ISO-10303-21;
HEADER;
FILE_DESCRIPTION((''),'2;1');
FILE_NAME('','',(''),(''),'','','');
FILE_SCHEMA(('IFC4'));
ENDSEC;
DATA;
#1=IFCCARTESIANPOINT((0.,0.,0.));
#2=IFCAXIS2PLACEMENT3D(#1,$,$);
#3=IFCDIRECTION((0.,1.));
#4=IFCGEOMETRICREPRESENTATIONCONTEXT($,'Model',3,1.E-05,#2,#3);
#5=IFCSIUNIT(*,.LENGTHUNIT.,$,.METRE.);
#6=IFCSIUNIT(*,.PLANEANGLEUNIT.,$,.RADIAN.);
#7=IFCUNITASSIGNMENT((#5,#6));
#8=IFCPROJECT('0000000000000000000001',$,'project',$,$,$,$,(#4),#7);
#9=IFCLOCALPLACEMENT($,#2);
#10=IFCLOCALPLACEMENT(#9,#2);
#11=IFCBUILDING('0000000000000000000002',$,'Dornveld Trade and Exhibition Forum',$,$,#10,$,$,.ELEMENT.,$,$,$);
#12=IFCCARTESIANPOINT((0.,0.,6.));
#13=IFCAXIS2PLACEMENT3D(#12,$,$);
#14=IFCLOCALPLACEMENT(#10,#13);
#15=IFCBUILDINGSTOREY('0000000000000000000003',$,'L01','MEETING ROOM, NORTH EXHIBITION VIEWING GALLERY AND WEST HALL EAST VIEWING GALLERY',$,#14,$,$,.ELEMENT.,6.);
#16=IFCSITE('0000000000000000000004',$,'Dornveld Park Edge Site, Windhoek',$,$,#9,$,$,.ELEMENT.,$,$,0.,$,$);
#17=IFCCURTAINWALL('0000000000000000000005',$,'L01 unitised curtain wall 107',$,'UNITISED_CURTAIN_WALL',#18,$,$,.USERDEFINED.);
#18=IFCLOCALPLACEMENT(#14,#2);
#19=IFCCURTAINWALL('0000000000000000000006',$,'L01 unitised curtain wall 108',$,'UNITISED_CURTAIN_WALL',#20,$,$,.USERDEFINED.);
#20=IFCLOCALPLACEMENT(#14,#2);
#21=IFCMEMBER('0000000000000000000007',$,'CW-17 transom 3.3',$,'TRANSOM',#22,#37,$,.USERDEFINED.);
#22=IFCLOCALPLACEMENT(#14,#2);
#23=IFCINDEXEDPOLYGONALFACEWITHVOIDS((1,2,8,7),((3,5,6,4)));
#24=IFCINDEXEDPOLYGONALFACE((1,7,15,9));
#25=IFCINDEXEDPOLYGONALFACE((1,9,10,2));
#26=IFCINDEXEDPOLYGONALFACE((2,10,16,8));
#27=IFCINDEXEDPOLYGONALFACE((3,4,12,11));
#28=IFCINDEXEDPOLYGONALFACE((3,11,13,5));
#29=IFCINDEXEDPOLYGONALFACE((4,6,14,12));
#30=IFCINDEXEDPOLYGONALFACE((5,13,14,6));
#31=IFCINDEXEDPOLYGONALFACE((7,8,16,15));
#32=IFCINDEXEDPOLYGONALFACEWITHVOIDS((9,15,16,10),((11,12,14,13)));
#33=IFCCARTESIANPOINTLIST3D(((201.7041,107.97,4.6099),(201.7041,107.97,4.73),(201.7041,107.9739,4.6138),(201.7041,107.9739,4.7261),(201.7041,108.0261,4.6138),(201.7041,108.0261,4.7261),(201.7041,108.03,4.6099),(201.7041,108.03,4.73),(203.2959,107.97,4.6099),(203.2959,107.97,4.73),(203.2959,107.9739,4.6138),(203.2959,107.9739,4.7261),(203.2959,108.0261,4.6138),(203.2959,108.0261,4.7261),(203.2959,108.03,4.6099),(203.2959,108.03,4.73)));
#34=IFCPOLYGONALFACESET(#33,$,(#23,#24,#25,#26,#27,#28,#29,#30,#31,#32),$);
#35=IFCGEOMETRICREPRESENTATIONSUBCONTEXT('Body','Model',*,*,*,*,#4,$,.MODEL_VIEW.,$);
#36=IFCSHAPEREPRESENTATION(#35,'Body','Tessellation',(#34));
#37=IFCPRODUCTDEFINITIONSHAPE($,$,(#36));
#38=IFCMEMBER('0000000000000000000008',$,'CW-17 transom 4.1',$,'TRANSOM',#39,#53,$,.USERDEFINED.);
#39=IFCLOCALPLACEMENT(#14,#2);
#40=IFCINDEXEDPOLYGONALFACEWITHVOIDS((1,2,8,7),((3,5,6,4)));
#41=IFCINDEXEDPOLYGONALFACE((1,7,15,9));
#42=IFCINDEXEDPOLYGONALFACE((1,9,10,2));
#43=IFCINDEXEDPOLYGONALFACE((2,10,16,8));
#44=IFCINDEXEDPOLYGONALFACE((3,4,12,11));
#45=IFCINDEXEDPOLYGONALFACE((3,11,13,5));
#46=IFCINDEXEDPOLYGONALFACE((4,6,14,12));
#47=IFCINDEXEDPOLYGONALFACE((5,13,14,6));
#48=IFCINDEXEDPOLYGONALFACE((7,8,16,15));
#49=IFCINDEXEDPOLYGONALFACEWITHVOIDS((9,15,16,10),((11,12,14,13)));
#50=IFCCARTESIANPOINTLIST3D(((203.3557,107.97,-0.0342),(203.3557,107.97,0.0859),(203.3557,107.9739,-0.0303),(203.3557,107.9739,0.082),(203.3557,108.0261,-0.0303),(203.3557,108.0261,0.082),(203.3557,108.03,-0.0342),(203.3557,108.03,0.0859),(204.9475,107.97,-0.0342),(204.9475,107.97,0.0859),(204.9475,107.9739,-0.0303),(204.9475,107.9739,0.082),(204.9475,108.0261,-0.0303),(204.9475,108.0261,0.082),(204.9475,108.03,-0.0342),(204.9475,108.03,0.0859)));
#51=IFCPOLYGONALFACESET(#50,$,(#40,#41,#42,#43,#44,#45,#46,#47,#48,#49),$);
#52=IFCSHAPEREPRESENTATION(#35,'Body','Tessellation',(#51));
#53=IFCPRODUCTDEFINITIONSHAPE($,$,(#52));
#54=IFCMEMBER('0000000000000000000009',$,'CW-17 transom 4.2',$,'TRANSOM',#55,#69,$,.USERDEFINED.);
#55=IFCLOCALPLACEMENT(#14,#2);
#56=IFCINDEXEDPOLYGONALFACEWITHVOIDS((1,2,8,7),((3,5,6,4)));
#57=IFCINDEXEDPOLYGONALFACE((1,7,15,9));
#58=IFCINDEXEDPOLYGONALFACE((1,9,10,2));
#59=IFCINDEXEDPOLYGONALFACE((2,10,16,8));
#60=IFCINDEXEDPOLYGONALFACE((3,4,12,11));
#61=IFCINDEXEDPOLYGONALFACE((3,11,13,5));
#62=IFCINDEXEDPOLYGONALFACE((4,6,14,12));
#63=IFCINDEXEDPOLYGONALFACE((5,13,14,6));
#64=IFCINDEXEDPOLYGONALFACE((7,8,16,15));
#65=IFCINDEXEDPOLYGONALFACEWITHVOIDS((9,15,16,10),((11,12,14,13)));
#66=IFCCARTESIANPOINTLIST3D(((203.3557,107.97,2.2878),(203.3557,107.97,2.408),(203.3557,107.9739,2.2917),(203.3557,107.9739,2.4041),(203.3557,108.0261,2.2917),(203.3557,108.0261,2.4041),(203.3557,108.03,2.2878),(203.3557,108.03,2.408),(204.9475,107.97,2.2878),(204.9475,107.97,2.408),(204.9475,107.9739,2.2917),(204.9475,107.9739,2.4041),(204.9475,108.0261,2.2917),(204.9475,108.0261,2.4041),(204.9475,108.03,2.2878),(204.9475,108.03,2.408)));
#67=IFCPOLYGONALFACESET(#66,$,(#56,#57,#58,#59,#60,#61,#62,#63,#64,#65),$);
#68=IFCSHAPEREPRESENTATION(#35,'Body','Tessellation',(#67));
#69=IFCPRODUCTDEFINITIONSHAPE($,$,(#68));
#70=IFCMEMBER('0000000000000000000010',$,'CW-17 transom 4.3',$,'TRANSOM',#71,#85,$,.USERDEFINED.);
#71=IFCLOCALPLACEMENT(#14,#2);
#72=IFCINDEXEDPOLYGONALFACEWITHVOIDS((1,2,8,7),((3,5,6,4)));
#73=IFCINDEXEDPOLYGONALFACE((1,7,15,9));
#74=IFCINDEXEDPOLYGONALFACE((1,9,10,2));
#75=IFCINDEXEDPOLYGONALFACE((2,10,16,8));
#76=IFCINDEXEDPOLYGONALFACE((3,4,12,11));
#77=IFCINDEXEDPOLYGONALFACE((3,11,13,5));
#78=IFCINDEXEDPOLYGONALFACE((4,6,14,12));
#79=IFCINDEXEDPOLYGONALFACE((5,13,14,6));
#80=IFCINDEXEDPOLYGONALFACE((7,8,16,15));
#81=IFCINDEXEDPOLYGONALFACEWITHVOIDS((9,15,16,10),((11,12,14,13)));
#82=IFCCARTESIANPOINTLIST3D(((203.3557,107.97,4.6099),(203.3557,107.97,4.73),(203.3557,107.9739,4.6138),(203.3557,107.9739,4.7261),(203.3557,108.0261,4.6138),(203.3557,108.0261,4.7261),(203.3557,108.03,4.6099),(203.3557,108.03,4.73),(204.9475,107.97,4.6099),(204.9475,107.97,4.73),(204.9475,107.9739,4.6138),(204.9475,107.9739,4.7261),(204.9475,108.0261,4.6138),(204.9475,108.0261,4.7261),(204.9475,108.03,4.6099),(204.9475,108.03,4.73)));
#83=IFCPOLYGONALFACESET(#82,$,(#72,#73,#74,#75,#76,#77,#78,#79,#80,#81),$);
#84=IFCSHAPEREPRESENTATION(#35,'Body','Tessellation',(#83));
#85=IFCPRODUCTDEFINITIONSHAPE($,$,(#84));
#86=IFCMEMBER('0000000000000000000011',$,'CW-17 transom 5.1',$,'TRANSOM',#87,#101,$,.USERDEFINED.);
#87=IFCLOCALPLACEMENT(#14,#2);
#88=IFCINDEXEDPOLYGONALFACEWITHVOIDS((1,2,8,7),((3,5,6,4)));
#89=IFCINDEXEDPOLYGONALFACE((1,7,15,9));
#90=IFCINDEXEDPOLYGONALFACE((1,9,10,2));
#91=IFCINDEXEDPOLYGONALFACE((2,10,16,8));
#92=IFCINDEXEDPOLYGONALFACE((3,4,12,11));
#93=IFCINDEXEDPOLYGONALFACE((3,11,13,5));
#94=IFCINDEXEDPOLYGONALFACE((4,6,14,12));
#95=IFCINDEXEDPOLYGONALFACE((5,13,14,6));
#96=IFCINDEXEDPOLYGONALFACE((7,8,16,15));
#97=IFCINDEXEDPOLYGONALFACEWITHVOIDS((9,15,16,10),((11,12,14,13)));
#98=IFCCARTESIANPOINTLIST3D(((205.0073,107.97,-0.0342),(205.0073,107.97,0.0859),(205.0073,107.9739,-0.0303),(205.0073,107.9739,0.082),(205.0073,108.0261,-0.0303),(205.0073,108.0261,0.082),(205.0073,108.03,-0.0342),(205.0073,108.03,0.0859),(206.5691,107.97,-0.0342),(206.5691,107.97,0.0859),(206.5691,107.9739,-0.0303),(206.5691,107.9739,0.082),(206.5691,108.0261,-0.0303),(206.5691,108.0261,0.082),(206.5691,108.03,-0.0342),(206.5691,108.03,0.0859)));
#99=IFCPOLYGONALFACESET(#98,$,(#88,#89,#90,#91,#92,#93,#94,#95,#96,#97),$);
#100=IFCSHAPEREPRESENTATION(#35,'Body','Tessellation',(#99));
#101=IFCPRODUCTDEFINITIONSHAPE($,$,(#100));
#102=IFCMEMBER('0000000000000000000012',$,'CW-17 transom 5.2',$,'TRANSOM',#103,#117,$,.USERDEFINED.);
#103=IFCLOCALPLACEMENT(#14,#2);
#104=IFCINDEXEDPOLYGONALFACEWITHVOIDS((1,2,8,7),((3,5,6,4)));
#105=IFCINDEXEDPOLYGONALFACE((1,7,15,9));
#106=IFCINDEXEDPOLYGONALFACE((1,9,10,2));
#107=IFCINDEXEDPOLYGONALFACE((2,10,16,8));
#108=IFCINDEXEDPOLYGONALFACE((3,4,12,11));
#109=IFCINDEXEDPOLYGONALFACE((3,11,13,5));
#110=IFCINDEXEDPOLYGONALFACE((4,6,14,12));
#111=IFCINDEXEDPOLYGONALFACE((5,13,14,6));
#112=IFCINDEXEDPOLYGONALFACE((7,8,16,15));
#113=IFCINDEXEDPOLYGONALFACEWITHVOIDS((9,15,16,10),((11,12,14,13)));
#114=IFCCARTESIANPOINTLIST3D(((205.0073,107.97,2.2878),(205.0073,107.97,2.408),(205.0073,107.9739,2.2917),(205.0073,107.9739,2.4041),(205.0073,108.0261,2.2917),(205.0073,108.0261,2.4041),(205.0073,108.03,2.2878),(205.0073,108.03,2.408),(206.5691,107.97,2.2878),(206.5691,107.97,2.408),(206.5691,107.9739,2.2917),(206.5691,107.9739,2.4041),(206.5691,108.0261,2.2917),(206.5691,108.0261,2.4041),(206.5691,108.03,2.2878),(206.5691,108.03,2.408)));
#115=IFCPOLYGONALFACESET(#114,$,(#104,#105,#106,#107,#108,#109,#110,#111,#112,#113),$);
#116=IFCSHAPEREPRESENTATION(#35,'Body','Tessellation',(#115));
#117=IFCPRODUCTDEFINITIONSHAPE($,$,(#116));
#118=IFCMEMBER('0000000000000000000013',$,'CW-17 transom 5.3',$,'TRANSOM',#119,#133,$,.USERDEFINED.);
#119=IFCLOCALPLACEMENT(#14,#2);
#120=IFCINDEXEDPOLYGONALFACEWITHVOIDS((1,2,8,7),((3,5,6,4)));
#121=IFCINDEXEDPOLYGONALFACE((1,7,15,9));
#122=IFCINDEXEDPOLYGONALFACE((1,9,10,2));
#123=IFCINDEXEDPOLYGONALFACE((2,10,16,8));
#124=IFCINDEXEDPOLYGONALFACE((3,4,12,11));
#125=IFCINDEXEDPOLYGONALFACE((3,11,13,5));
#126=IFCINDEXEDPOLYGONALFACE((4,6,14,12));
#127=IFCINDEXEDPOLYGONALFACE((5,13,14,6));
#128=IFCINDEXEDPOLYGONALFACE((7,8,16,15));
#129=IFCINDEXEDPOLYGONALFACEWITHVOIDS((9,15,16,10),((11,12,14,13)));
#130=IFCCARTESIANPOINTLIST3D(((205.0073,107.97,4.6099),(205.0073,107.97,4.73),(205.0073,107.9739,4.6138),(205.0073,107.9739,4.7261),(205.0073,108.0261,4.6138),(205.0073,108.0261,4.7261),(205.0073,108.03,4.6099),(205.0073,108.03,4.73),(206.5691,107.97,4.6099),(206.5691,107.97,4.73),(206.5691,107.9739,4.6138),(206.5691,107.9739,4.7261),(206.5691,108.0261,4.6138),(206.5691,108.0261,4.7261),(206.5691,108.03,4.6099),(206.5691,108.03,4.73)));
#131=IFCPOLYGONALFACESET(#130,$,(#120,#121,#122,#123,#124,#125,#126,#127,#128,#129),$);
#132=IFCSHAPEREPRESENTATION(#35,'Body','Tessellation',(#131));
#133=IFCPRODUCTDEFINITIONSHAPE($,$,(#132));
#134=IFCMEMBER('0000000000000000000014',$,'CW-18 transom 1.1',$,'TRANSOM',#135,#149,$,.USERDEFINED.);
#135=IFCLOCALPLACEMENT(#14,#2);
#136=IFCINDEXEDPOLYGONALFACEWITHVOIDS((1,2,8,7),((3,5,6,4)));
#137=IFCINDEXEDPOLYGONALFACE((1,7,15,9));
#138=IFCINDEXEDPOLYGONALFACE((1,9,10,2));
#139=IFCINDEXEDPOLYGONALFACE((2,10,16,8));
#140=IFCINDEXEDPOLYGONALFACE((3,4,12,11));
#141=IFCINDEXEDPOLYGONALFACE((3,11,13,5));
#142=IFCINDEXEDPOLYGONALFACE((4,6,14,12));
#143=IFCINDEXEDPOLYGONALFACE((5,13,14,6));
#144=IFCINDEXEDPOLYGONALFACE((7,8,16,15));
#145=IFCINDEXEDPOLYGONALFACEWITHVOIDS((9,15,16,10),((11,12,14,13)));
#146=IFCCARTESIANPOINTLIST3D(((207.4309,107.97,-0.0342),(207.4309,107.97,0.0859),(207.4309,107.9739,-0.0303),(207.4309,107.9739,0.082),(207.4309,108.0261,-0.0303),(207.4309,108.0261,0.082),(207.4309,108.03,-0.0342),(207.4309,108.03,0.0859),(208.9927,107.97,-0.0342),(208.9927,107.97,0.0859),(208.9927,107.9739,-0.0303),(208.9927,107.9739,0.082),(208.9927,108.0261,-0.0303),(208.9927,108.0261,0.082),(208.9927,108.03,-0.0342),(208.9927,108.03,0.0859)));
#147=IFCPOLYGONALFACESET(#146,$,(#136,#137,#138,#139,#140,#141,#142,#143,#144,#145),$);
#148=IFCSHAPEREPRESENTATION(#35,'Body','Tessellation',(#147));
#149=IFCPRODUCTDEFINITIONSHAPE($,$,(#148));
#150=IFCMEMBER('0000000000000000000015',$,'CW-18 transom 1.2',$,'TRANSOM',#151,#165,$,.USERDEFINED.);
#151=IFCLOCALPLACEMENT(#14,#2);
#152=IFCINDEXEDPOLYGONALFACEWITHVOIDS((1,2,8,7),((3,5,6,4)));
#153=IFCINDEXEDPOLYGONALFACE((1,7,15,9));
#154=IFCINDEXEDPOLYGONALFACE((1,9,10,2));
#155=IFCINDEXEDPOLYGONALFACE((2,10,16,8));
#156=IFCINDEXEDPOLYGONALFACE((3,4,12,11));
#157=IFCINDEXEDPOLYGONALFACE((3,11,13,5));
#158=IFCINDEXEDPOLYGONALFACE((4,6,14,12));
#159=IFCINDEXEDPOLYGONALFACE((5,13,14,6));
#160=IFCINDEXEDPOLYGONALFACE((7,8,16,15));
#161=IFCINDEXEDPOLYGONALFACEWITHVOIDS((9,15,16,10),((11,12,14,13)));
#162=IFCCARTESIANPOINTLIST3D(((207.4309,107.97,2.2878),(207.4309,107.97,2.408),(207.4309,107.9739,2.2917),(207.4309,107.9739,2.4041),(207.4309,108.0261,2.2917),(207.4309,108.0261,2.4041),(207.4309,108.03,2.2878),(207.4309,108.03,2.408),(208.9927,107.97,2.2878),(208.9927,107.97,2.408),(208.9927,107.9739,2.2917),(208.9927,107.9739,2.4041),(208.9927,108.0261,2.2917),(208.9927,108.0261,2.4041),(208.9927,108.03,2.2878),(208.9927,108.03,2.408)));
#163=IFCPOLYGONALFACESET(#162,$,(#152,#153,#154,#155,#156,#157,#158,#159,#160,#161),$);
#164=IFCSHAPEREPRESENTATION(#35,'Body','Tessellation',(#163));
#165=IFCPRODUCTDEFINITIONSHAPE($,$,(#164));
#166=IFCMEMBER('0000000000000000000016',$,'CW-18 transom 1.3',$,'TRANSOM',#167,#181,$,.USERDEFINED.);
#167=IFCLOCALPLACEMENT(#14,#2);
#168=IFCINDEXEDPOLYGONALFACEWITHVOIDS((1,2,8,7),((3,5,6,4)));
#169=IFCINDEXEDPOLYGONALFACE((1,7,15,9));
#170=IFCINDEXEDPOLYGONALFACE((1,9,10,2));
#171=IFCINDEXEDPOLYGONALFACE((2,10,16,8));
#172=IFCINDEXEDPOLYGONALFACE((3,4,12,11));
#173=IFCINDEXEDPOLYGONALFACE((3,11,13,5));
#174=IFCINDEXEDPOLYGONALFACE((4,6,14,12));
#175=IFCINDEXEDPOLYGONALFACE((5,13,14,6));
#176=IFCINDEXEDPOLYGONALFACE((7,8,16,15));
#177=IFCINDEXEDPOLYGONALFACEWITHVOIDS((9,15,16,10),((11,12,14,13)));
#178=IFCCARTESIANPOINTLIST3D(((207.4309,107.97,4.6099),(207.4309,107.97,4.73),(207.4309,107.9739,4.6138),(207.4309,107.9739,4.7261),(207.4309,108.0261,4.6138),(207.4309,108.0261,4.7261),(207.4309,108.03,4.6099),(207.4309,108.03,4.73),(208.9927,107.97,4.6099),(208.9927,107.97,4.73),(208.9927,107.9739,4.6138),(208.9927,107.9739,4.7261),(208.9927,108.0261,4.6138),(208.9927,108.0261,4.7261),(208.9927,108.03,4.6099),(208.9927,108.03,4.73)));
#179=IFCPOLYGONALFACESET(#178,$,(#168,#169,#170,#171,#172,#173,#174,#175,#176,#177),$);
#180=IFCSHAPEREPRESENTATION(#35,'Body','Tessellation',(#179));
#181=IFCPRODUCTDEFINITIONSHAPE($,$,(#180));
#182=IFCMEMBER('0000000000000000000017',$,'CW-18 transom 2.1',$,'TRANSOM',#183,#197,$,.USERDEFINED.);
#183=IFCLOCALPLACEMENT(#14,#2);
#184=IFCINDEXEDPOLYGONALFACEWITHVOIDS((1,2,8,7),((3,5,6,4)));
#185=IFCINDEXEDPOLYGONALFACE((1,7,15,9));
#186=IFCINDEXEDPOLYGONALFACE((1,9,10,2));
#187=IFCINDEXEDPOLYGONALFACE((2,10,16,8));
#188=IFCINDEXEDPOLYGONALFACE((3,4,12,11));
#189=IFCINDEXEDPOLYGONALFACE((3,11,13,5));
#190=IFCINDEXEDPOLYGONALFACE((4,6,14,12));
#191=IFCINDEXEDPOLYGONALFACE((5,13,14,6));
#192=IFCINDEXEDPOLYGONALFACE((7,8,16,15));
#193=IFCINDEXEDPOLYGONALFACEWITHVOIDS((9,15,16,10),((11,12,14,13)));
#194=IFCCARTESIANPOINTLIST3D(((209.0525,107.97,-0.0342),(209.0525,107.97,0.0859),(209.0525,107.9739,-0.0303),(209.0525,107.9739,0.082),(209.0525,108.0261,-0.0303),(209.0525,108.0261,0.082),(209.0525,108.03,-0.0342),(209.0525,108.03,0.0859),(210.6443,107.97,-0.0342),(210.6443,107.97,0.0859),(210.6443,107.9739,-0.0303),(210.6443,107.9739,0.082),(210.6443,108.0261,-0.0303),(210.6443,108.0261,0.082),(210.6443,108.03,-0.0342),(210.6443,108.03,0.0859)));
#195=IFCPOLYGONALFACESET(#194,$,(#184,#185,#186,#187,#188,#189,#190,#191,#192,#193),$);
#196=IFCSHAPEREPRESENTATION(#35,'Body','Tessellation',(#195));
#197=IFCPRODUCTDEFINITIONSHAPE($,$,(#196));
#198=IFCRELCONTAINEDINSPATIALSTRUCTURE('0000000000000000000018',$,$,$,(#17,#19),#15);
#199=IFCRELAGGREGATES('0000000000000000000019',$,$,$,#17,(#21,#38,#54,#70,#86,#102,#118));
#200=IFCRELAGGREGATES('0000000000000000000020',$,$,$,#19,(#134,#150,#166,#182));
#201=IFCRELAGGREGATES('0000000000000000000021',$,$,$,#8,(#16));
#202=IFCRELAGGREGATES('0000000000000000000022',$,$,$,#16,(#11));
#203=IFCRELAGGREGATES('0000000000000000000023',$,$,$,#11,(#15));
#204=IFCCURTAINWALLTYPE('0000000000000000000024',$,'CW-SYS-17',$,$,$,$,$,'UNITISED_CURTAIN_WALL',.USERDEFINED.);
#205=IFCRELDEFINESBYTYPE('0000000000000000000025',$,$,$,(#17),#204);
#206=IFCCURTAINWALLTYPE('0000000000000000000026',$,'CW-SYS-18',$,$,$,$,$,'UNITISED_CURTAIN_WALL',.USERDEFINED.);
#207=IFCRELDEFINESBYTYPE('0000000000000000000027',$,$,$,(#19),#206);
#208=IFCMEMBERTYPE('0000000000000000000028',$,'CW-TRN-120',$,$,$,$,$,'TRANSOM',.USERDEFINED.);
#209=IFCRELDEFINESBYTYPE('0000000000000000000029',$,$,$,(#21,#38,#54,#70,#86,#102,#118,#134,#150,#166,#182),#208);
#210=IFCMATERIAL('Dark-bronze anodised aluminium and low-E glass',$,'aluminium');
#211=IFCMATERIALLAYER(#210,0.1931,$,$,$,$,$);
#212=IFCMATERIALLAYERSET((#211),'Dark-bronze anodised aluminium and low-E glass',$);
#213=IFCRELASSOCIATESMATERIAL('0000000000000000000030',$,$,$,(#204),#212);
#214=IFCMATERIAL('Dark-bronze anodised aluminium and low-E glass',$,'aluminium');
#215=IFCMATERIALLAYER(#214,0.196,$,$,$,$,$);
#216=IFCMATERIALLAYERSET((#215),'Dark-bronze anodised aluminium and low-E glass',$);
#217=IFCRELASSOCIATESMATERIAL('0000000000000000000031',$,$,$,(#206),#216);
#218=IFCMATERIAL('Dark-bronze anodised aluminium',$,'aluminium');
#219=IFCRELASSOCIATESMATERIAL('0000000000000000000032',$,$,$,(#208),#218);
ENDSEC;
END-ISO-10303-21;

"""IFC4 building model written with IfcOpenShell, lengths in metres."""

from ifc_helpers import new_model, si_unit, direction, frame, origin, origin_2d, place, context, subcontext, project, spatial, hollow_rectangle, extrude, material, layer, layer_set, material_profile, profile_set, type_object, element, aggregate, save


model = new_model("IFC4")

# Units and contexts
model_context = context("Model", 3, precision=1e-05, world=origin(), true_north=direction((0.0, 1.0)))
body_context = subcontext(model_context, "Body", "Model", "MODEL_VIEW")
ifc_project = project(units=[si_unit("LENGTHUNIT", "METRE"), si_unit("PLANEANGLEUNIT", "RADIAN")], contexts=[model_context])

# Site, building, storey
site_placement = place(None, origin())
site = spatial("IfcSite", under=ifc_project, at=site_placement, Name="Dornveld Park Edge Site, Windhoek", CompositionType="ELEMENT", RefElevation=0.0)
building_placement = place(site_placement, origin())
building = spatial("IfcBuilding", under=site, at=building_placement, Name="Dornveld Trade and Exhibition Forum", CompositionType="ELEMENT")
storey_placement = place(building_placement, frame((0.0, 0.0, 6.0)))
storey = spatial("IfcBuildingStorey", under=building, at=storey_placement, Name="L01", Description="MEETING ROOM, NORTH EXHIBITION VIEWING GALLERY AND WEST HALL EAST VIEWING GALLERY", CompositionType="ELEMENT", Elevation=6.0)

# Curtain walls
ifc_material_1 = material(Name="Dark-bronze anodised aluminium and low-E glass", Category="aluminium")
ifc_layer_1 = layer(ifc_material_1, 0.1931)
ifc_layer_set_1 = layer_set([ifc_layer_1], Name="Dark-bronze anodised aluminium and low-E glass")
curtain_wall_type_1 = type_object("IfcCurtainWallType", Name="CW-SYS-17", ElementType="UNITISED_CURTAIN_WALL", PredefinedType="USERDEFINED", material=ifc_layer_set_1)
curtain_wall_1_placement = place(storey_placement, origin())
curtain_wall_1 = element("IfcCurtainWall", 1, at=curtain_wall_1_placement, inside=storey, type_object=curtain_wall_type_1, Name="L01 unitised curtain wall 107", ObjectType="UNITISED_CURTAIN_WALL", PredefinedType="USERDEFINED")
ifc_material_2 = material(Name="Dark-bronze anodised aluminium and low-E glass", Category="aluminium")
ifc_layer_2 = layer(ifc_material_2, 0.196)
ifc_layer_set_2 = layer_set([ifc_layer_2], Name="Dark-bronze anodised aluminium and low-E glass")
curtain_wall_type_2 = type_object("IfcCurtainWallType", Name="CW-SYS-18", ElementType="UNITISED_CURTAIN_WALL", PredefinedType="USERDEFINED", material=ifc_layer_set_2)
curtain_wall_2_placement = place(storey_placement, origin())
curtain_wall_2 = element("IfcCurtainWall", 2, at=curtain_wall_2_placement, inside=storey, type_object=curtain_wall_type_2, Name="L01 unitised curtain wall 108", ObjectType="UNITISED_CURTAIN_WALL", PredefinedType="USERDEFINED")

# Members
ifc_material_3 = material(Name="Dark-bronze anodised aluminium", Category="aluminium")
ifc_material_profile_1 = material_profile(ifc_material_3, hollow_rectangle(XDim=0.0601, YDim=0.1201, WallThickness=0.0039, at=origin_2d()), Name="RHS 120x60x4")
ifc_profile_set_1 = profile_set([ifc_material_profile_1], Name="Dark-bronze anodised aluminium")
member_type_1 = type_object("IfcMemberType", Name="CW-TRN-120", ElementType="TRANSOM", PredefinedType="USERDEFINED", material=ifc_profile_set_1)
member_1_placement = place(storey_placement, frame((201.7041, 108.0, 4.6699), z_axis=(1.0, 0.0, 0.0), x_axis=(0.0, 1.0, 0.0)))
member_1 = element("IfcMember", 3, at=member_1_placement, type_object=member_type_1, Name="CW-17 transom 3.3", ObjectType="TRANSOM", PredefinedType="USERDEFINED", context=body_context, shape_type="SweptSolid", body=[
    extrude(hollow_rectangle(XDim=0.0601, YDim=0.1201, WallThickness=0.0039, at=origin_2d()), origin(), (0.0, 0.0, 1.0), 1.5918),
])
member_2_placement = place(storey_placement, frame((203.3557, 108.0, 0.0259), z_axis=(1.0, 0.0, 0.0), x_axis=(0.0, 1.0, 0.0)))
member_2 = element("IfcMember", 4, at=member_2_placement, type_object=member_type_1, Name="CW-17 transom 4.1", ObjectType="TRANSOM", PredefinedType="USERDEFINED", context=body_context, shape_type="SweptSolid", body=[
    extrude(hollow_rectangle(XDim=0.0601, YDim=0.1201, WallThickness=0.0039, at=origin_2d()), origin(), (0.0, 0.0, 1.0), 1.5918),
])
member_3_placement = place(storey_placement, frame((203.3557, 108.0, 2.3479), z_axis=(1.0, 0.0, 0.0), x_axis=(0.0, 1.0, 0.0)))
member_3 = element("IfcMember", 5, at=member_3_placement, type_object=member_type_1, Name="CW-17 transom 4.2", ObjectType="TRANSOM", PredefinedType="USERDEFINED", context=body_context, shape_type="SweptSolid", body=[
    extrude(hollow_rectangle(XDim=0.0601, YDim=0.1201, WallThickness=0.0039, at=origin_2d()), origin(), (0.0, 0.0, 1.0), 1.5918),
])
member_4_placement = place(storey_placement, frame((203.3557, 108.0, 4.6699), z_axis=(1.0, 0.0, 0.0), x_axis=(0.0, 1.0, 0.0)))
member_4 = element("IfcMember", 6, at=member_4_placement, type_object=member_type_1, Name="CW-17 transom 4.3", ObjectType="TRANSOM", PredefinedType="USERDEFINED", context=body_context, shape_type="SweptSolid", body=[
    extrude(hollow_rectangle(XDim=0.0601, YDim=0.1201, WallThickness=0.0039, at=origin_2d()), origin(), (0.0, 0.0, 1.0), 1.5918),
])
member_5_placement = place(storey_placement, frame((205.0073, 108.0, 0.0259), z_axis=(1.0, 0.0, 0.0), x_axis=(0.0, 1.0, 0.0)))
member_5 = element("IfcMember", 7, at=member_5_placement, type_object=member_type_1, Name="CW-17 transom 5.1", ObjectType="TRANSOM", PredefinedType="USERDEFINED", context=body_context, shape_type="SweptSolid", body=[
    extrude(hollow_rectangle(XDim=0.0601, YDim=0.1201, WallThickness=0.0039, at=origin_2d()), origin(), (0.0, 0.0, 1.0), 1.5618),
])
member_6_placement = place(storey_placement, frame((205.0073, 108.0, 2.3479), z_axis=(1.0, 0.0, 0.0), x_axis=(0.0, 1.0, 0.0)))
member_6 = element("IfcMember", 8, at=member_6_placement, type_object=member_type_1, Name="CW-17 transom 5.2", ObjectType="TRANSOM", PredefinedType="USERDEFINED", context=body_context, shape_type="SweptSolid", body=[
    extrude(hollow_rectangle(XDim=0.0601, YDim=0.1201, WallThickness=0.0039, at=origin_2d()), origin(), (0.0, 0.0, 1.0), 1.5618),
])
member_7_placement = place(storey_placement, frame((205.0073, 108.0, 4.6699), z_axis=(1.0, 0.0, 0.0), x_axis=(0.0, 1.0, 0.0)))
member_7 = element("IfcMember", 9, at=member_7_placement, type_object=member_type_1, Name="CW-17 transom 5.3", ObjectType="TRANSOM", PredefinedType="USERDEFINED", context=body_context, shape_type="SweptSolid", body=[
    extrude(hollow_rectangle(XDim=0.0601, YDim=0.1201, WallThickness=0.0039, at=origin_2d()), origin(), (0.0, 0.0, 1.0), 1.5618),
])
member_8_placement = place(storey_placement, frame((207.4309, 108.0, 0.0259), z_axis=(1.0, 0.0, 0.0), x_axis=(0.0, 1.0, 0.0)))
member_8 = element("IfcMember", 10, at=member_8_placement, type_object=member_type_1, Name="CW-18 transom 1.1", ObjectType="TRANSOM", PredefinedType="USERDEFINED", context=body_context, shape_type="SweptSolid", body=[
    extrude(hollow_rectangle(XDim=0.0601, YDim=0.1201, WallThickness=0.0039, at=origin_2d()), origin(), (0.0, 0.0, 1.0), 1.5618),
])
member_9_placement = place(storey_placement, frame((207.4309, 108.0, 2.3479), z_axis=(1.0, 0.0, 0.0), x_axis=(0.0, 1.0, 0.0)))
member_9 = element("IfcMember", 11, at=member_9_placement, type_object=member_type_1, Name="CW-18 transom 1.2", ObjectType="TRANSOM", PredefinedType="USERDEFINED", context=body_context, shape_type="SweptSolid", body=[
    extrude(hollow_rectangle(XDim=0.0601, YDim=0.1201, WallThickness=0.0039, at=origin_2d()), origin(), (0.0, 0.0, 1.0), 1.5618),
])
member_10_placement = place(storey_placement, frame((207.4309, 108.0, 4.6699), z_axis=(1.0, 0.0, 0.0), x_axis=(0.0, 1.0, 0.0)))
member_10 = element("IfcMember", 12, at=member_10_placement, type_object=member_type_1, Name="CW-18 transom 1.3", ObjectType="TRANSOM", PredefinedType="USERDEFINED", context=body_context, shape_type="SweptSolid", body=[
    extrude(hollow_rectangle(XDim=0.0601, YDim=0.1201, WallThickness=0.0039, at=origin_2d()), origin(), (0.0, 0.0, 1.0), 1.5618),
])
member_11_placement = place(storey_placement, frame((209.0525, 108.0, 0.0259), z_axis=(1.0, 0.0, 0.0), x_axis=(0.0, 1.0, 0.0)))
member_11 = element("IfcMember", 13, at=member_11_placement, type_object=member_type_1, Name="CW-18 transom 2.1", ObjectType="TRANSOM", PredefinedType="USERDEFINED", context=body_context, shape_type="SweptSolid", body=[
    extrude(hollow_rectangle(XDim=0.0601, YDim=0.1201, WallThickness=0.0039, at=origin_2d()), origin(), (0.0, 0.0, 1.0), 1.5918),
])

aggregate(curtain_wall_1, [member_1, member_2, member_3, member_4, member_5, member_6, member_7])
aggregate(curtain_wall_2, [member_8, member_9, member_10, member_11])

save(model, "model.ifc")
